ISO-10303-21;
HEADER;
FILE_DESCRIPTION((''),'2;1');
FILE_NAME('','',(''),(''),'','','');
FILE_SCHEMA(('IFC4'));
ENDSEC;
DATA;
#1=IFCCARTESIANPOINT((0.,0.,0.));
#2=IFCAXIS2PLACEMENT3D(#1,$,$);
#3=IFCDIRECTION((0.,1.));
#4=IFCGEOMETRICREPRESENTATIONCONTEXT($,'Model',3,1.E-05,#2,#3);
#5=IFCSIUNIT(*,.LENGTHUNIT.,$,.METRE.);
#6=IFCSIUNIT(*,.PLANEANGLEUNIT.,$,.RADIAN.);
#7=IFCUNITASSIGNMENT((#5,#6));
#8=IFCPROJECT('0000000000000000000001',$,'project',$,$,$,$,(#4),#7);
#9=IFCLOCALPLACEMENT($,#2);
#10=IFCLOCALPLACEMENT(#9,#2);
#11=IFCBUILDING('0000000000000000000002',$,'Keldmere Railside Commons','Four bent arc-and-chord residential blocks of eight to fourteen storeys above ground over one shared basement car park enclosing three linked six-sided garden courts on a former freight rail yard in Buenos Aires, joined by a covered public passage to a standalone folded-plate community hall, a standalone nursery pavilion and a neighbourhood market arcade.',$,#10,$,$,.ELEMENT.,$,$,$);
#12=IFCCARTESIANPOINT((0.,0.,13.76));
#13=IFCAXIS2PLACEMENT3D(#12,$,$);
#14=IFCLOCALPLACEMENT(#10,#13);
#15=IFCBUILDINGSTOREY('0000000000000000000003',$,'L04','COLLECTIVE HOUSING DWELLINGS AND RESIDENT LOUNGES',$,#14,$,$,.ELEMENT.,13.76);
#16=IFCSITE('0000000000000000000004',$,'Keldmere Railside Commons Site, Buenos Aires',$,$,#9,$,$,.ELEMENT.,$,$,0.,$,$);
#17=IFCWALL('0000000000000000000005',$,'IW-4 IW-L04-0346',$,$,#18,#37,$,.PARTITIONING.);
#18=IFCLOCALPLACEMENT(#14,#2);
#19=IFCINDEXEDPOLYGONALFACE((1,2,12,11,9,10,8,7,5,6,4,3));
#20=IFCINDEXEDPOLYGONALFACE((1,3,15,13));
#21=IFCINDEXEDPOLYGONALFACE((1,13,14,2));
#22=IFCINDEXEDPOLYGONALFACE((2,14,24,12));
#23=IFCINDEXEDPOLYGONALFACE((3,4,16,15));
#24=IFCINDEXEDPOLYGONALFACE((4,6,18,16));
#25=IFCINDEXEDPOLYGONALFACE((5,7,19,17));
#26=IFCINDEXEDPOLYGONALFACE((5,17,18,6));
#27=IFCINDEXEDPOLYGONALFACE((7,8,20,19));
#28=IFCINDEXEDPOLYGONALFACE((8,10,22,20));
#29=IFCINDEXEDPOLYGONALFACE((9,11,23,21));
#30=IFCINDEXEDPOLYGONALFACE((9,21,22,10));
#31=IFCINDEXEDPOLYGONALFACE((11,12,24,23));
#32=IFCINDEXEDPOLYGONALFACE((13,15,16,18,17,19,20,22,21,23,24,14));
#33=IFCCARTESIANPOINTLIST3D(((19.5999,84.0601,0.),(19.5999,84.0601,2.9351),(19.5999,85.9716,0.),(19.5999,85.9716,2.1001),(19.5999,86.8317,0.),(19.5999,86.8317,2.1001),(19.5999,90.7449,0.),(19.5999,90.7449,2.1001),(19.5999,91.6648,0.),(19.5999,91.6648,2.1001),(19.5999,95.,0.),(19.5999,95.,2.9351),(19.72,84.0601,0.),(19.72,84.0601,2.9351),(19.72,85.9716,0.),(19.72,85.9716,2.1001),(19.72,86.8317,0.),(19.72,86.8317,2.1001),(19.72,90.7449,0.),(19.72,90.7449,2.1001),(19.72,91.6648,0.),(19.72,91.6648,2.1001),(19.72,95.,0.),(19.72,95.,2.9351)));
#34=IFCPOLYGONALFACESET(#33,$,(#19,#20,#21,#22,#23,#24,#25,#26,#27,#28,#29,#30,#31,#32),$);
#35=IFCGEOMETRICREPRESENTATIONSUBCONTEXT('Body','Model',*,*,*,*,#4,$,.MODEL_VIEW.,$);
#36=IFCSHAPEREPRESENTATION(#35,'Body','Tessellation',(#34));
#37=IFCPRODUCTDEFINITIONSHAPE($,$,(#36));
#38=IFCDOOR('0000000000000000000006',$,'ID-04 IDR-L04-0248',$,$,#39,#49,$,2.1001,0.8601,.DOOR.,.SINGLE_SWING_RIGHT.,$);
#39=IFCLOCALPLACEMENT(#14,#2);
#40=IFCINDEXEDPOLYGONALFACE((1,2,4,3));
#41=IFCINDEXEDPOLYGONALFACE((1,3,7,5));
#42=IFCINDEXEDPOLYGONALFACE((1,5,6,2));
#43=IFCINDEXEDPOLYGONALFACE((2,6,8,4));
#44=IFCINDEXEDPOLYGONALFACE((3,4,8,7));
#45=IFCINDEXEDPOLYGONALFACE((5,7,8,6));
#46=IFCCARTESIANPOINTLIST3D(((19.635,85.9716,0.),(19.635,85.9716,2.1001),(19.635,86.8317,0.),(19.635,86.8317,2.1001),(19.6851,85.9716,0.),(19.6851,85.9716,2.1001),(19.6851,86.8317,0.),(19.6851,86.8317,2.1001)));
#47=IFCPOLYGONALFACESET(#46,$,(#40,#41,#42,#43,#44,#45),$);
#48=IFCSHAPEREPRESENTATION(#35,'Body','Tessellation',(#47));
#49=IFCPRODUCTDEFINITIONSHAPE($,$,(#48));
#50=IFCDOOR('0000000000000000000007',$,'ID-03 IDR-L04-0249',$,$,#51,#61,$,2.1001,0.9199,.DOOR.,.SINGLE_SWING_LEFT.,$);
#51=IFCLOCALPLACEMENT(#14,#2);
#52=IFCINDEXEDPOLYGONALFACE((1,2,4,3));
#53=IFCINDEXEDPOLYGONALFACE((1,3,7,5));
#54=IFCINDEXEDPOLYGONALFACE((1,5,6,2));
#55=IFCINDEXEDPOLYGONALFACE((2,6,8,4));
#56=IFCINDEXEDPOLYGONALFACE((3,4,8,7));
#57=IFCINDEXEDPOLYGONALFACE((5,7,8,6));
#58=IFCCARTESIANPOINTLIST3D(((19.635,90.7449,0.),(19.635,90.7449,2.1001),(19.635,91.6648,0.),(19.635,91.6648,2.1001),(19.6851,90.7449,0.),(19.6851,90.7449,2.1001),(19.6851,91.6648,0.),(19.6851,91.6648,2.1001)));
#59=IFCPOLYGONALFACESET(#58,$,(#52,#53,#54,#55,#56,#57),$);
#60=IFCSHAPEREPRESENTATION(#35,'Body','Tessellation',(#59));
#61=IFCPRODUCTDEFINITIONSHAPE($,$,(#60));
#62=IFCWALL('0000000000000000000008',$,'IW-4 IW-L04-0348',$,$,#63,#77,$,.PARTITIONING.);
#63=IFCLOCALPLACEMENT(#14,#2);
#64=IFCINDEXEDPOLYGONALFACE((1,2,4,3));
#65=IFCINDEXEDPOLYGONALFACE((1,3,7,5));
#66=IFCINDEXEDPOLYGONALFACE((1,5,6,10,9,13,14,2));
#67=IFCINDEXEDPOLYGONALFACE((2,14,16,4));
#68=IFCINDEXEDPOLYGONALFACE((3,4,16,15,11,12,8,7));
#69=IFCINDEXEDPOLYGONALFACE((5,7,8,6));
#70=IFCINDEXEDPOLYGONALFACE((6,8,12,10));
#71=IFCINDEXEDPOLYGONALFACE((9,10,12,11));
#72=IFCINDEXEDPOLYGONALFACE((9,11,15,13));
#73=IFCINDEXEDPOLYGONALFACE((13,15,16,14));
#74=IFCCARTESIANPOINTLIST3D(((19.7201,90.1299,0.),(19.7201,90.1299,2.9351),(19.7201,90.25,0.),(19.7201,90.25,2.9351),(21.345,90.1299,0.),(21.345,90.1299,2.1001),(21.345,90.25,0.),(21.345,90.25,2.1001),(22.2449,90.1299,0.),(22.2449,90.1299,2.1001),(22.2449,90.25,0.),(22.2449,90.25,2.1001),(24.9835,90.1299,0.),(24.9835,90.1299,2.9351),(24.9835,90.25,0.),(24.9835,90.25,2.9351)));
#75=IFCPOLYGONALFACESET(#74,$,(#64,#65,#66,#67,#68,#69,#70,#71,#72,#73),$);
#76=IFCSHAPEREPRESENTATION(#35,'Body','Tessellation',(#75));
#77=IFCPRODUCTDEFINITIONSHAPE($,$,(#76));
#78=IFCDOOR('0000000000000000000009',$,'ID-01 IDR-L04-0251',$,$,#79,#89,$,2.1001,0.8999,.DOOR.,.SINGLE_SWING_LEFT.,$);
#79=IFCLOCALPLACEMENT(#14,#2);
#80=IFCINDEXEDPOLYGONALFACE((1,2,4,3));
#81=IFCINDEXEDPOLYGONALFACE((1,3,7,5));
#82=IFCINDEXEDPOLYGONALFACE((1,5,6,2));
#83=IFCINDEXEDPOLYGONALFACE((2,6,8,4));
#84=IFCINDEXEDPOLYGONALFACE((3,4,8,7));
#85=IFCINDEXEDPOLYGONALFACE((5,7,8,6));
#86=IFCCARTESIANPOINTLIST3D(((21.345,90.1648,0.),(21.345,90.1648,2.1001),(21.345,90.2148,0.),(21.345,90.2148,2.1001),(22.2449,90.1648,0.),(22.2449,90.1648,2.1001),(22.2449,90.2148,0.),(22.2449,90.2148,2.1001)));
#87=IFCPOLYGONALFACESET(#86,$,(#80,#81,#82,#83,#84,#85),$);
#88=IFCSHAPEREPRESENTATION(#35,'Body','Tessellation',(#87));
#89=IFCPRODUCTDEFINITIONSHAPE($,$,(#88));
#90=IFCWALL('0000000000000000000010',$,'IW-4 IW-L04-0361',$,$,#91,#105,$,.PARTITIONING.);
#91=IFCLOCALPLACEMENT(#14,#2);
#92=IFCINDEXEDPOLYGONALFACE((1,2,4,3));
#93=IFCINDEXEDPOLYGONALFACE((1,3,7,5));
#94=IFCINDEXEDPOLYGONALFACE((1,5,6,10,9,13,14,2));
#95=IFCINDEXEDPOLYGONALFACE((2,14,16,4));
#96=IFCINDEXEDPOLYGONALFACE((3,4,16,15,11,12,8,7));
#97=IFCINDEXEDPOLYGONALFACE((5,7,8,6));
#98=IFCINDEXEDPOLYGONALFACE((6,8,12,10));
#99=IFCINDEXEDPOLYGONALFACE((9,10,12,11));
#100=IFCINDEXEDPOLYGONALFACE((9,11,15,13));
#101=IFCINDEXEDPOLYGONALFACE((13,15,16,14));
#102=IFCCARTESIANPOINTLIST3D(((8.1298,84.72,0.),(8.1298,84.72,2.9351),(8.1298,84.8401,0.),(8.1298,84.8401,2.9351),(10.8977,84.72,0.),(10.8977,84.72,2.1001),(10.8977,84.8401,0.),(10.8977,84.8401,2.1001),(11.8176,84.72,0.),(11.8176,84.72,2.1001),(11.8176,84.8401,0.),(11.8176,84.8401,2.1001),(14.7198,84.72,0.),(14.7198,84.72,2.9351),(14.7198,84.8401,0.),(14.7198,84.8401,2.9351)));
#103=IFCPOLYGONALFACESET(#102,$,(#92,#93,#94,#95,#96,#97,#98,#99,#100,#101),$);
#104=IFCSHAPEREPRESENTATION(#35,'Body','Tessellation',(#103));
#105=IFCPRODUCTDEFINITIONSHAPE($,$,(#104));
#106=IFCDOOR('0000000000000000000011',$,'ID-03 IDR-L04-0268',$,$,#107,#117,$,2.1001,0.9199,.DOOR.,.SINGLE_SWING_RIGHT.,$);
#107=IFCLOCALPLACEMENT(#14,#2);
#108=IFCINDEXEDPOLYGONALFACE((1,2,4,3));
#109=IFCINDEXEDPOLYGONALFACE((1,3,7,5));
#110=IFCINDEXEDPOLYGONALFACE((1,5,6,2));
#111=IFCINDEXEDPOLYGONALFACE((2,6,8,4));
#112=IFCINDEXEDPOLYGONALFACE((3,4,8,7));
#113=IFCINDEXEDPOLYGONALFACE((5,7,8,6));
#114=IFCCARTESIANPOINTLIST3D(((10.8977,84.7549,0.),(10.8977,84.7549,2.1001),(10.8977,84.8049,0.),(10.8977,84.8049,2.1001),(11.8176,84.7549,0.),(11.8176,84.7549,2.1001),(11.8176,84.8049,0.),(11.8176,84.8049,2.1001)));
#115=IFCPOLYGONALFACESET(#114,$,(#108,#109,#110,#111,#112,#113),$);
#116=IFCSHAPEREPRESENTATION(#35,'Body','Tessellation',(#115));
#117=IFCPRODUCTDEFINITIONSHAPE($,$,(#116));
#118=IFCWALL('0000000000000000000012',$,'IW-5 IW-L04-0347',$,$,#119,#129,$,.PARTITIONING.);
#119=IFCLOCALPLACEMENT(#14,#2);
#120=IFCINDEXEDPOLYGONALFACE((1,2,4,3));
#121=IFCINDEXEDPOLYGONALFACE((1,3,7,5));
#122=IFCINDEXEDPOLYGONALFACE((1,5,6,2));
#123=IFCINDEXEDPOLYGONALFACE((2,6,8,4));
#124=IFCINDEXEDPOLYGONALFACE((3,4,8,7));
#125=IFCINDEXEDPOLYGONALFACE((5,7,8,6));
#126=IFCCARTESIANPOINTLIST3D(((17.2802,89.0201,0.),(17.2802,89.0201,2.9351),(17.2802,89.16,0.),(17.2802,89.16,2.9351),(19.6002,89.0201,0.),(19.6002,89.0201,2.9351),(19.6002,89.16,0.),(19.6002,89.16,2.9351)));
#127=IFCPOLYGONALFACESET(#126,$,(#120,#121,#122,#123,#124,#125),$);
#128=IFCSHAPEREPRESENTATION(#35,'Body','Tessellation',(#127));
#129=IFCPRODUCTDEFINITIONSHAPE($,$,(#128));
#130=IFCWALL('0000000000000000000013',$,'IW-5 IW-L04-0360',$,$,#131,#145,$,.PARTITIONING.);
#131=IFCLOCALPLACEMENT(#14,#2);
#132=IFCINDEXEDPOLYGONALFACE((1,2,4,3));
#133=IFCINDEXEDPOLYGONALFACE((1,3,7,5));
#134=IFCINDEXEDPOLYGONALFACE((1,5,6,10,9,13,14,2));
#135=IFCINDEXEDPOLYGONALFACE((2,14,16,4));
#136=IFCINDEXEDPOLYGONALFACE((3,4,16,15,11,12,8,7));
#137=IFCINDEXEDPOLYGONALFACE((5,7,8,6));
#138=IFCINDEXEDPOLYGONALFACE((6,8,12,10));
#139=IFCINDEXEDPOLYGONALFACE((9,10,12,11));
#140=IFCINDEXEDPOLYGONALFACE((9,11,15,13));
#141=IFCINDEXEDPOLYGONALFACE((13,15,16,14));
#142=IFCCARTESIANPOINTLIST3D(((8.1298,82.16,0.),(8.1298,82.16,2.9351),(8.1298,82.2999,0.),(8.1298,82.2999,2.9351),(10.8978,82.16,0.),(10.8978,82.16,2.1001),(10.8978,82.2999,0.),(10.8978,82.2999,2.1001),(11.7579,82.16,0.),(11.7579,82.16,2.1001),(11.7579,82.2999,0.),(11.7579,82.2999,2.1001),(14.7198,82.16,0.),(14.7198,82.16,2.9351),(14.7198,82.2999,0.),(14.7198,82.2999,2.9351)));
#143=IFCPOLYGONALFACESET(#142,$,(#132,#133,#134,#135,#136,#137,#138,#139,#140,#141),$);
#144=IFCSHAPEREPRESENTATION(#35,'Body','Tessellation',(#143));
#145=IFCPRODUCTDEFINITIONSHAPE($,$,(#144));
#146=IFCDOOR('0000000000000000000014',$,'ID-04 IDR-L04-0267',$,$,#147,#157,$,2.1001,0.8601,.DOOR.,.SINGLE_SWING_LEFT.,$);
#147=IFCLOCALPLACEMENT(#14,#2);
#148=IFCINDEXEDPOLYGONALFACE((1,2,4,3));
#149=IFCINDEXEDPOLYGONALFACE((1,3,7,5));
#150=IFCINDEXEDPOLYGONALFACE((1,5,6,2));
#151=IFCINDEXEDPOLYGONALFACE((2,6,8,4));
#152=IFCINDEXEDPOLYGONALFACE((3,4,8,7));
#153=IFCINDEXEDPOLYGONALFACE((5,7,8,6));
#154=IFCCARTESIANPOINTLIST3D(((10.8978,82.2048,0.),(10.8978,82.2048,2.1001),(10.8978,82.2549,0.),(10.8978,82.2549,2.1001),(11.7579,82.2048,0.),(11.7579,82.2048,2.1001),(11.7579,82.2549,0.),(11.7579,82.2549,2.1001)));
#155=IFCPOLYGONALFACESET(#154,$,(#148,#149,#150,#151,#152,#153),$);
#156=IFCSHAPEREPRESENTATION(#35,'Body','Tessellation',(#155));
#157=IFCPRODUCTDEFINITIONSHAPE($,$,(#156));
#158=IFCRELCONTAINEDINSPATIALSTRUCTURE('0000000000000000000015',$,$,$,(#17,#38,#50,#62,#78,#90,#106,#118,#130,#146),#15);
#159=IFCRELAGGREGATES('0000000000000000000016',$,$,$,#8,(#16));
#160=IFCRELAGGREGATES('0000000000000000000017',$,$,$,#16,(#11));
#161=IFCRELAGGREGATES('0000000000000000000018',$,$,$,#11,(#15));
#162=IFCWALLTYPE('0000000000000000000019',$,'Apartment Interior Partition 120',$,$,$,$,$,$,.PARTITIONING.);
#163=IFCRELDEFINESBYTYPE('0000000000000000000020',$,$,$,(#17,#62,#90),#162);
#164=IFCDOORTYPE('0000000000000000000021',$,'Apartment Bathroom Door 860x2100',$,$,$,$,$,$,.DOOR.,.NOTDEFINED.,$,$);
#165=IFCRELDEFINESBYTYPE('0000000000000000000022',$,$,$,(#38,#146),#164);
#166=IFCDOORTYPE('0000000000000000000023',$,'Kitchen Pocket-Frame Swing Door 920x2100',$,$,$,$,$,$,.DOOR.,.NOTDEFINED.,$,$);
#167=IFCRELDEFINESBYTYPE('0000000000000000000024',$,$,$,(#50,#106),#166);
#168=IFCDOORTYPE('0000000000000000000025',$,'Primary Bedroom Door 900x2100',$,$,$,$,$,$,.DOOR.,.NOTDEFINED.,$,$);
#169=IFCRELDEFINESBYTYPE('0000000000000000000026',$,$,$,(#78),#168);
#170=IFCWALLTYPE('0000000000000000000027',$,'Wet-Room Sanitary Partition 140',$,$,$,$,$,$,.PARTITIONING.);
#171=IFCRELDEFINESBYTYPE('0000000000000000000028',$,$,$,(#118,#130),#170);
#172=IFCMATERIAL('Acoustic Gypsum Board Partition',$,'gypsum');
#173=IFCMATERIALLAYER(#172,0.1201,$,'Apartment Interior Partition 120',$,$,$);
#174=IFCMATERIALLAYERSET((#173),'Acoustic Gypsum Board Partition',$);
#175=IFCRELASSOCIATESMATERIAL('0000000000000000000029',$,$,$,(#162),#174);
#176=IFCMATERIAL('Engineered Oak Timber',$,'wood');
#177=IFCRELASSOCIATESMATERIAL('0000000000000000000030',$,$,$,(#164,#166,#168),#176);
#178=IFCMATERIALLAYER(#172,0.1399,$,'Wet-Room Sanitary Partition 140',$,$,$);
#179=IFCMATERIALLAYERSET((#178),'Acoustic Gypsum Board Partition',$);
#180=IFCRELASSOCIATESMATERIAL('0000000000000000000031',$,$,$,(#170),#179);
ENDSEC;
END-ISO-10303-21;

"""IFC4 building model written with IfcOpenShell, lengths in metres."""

from ifc_helpers import new_model, si_unit, direction, frame, frame_2d, origin, place, context, subcontext, project, spatial, rectangle, extrude, material, layer, layer_set, type_object, element, fill, save


model = new_model("IFC4")

# Units and contexts
model_context = context("Model", 3, precision=1e-05, world=origin(), true_north=direction((0.0, 1.0)))
body_context = subcontext(model_context, "Body", "Model", "MODEL_VIEW")
ifc_project = project(units=[si_unit("LENGTHUNIT", "METRE"), si_unit("PLANEANGLEUNIT", "RADIAN")], contexts=[model_context])

# Site, building, storey
site_placement = place(None, origin())
site = spatial("IfcSite", under=ifc_project, at=site_placement, Name="Keldmere Railside Commons Site, Buenos Aires", CompositionType="ELEMENT", RefElevation=0.0)
building_placement = place(site_placement, origin())
building = spatial("IfcBuilding", under=site, at=building_placement, Name="Keldmere Railside Commons", Description="Four bent arc-and-chord residential blocks of eight to fourteen storeys above ground over one shared basement car park enclosing three linked six-sided garden courts on a former freight rail yard in Buenos Aires, joined by a covered public passage to a standalone folded-plate community hall, a standalone nursery pavilion and a neighbourhood market arcade.", CompositionType="ELEMENT")
storey_placement = place(building_placement, frame((0.0, 0.0, 13.76)))
storey = spatial("IfcBuildingStorey", under=building, at=storey_placement, Name="L04", Description="COLLECTIVE HOUSING DWELLINGS AND RESIDENT LOUNGES", CompositionType="ELEMENT", Elevation=13.76)

# Shared definitions
ifc_material_1 = material(Name="Acoustic Gypsum Board Partition", Category="gypsum")

# Wall, openings, doors
ifc_layer_1 = layer(ifc_material_1, 0.1201, Name="Apartment Interior Partition 120")
ifc_layer_set_1 = layer_set([ifc_layer_1], Name="Acoustic Gypsum Board Partition")
wall_type_1 = type_object("IfcWallType", Name="Apartment Interior Partition 120", PredefinedType="PARTITIONING", material=ifc_layer_set_1)
wall_1_placement = place(storey_placement, frame((19.6599, 84.0601, 0.0), z_axis=(0.0, 0.0, 1.0), x_axis=(0.0, 1.0, 0.0)))
wall_1 = element("IfcWall", 1, at=wall_1_placement, inside=storey, type_object=wall_type_1, Name="IW-4 IW-L04-0346", PredefinedType="PARTITIONING", context=body_context, shape_type="SweptSolid", body=[
    extrude(rectangle(XDim=10.9399, YDim=0.1201, at=frame_2d((5.47, 0.0))), origin(), (0.0, 0.0, 1.0), 2.9351),
])
opening_1_placement = place(wall_1_placement, frame((1.9114, 0.0, 0.0)))
opening_1 = element("IfcOpeningElement", 2, at=opening_1_placement, cuts=wall_1, PredefinedType="OPENING", context=body_context, shape_type="SweptSolid", body=[
    extrude(rectangle(XDim=0.8601, YDim=2.1001, at=frame_2d((0.4302, 1.05))), frame((0.0, 0.0701, 0.0), z_axis=(0.0, -1.0, 0.0), x_axis=(1.0, 0.0, 0.0)), (0.0, 0.0, 1.0), 0.1401),
])
opening_2_placement = place(wall_1_placement, frame((6.6848, 0.0, 0.0)))
opening_2 = element("IfcOpeningElement", 3, at=opening_2_placement, cuts=wall_1, PredefinedType="OPENING", context=body_context, shape_type="SweptSolid", body=[
    extrude(rectangle(XDim=0.9199, YDim=2.1001, at=frame_2d((0.46, 1.05))), frame((0.0, 0.0701, 0.0), z_axis=(0.0, -1.0, 0.0), x_axis=(1.0, 0.0, 0.0)), (0.0, 0.0, 1.0), 0.1401),
])
ifc_material_2 = material(Name="Engineered Oak Timber", Category="wood")
door_type_1 = type_object("IfcDoorType", Name="Apartment Bathroom Door 860x2100", OperationType="NOTDEFINED", PredefinedType="DOOR", material=ifc_material_2)
door_1_placement = place(opening_1_placement, origin())
door_1 = element("IfcDoor", 4, at=door_1_placement, inside=storey, type_object=door_type_1, Name="ID-04 IDR-L04-0248", OperationType="SINGLE_SWING_RIGHT", OverallHeight=2.1001, OverallWidth=0.8601, PredefinedType="DOOR", context=body_context, shape_type="SweptSolid", body=[
    extrude(rectangle(XDim=0.8601, YDim=2.1001, at=frame_2d((0.4302, 1.05))), frame((0.0, 0.0249, 0.0), z_axis=(0.0, -1.0, 0.0), x_axis=(1.0, 0.0, 0.0)), (0.0, 0.0, 1.0), 0.05),
])
fill(opening_1, door_1)
door_type_2 = type_object("IfcDoorType", Name="Kitchen Pocket-Frame Swing Door 920x2100", OperationType="NOTDEFINED", PredefinedType="DOOR", material=ifc_material_2)
door_2_placement = place(opening_2_placement, origin())
door_2 = element("IfcDoor", 5, at=door_2_placement, inside=storey, type_object=door_type_2, Name="ID-03 IDR-L04-0249", OperationType="SINGLE_SWING_LEFT", OverallHeight=2.1001, OverallWidth=0.9199, PredefinedType="DOOR", context=body_context, shape_type="SweptSolid", body=[
    extrude(rectangle(XDim=0.9199, YDim=2.1001, at=frame_2d((0.46, 1.05))), frame((0.0, 0.0249, 0.0), z_axis=(0.0, -1.0, 0.0), x_axis=(1.0, 0.0, 0.0)), (0.0, 0.0, 1.0), 0.05),
])
fill(opening_2, door_2)

# Walls, openings, doors
wall_2_placement = place(storey_placement, frame((19.72, 90.1899, 0.0), z_axis=(0.0, 0.0, 1.0), x_axis=(1.0, 0.0, 0.0)))
wall_2 = element("IfcWall", 6, at=wall_2_placement, inside=storey, type_object=wall_type_1, Name="IW-4 IW-L04-0348", PredefinedType="PARTITIONING", context=body_context, shape_type="SweptSolid", body=[
    extrude(rectangle(XDim=5.2634, YDim=0.1201, at=frame_2d((2.6318, 0.0))), origin(), (0.0, 0.0, 1.0), 2.9351),
])
opening_3_placement = place(wall_2_placement, frame((1.625, 0.0, 0.0)))
opening_3 = element("IfcOpeningElement", 7, at=opening_3_placement, cuts=wall_2, PredefinedType="OPENING", context=body_context, shape_type="SweptSolid", body=[
    extrude(rectangle(XDim=0.8999, YDim=2.1001, at=frame_2d((0.45, 1.05))), frame((0.0, 0.0701, 0.0), z_axis=(0.0, -1.0, 0.0), x_axis=(1.0, 0.0, 0.0)), (0.0, 0.0, 1.0), 0.1401),
])
door_type_3 = type_object("IfcDoorType", Name="Primary Bedroom Door 900x2100", OperationType="NOTDEFINED", PredefinedType="DOOR", material=ifc_material_2)
door_3_placement = place(opening_3_placement, origin())
door_3 = element("IfcDoor", 8, at=door_3_placement, inside=storey, type_object=door_type_3, Name="ID-01 IDR-L04-0251", OperationType="SINGLE_SWING_LEFT", OverallHeight=2.1001, OverallWidth=0.8999, PredefinedType="DOOR", context=body_context, shape_type="SweptSolid", body=[
    extrude(rectangle(XDim=0.8999, YDim=2.1001, at=frame_2d((0.45, 1.05))), frame((0.0, 0.0249, 0.0), z_axis=(0.0, -1.0, 0.0), x_axis=(1.0, 0.0, 0.0)), (0.0, 0.0, 1.0), 0.05),
])
fill(opening_3, door_3)
wall_3_placement = place(storey_placement, frame((8.1299, 84.78, 0.0), z_axis=(0.0, 0.0, 1.0), x_axis=(1.0, 0.0, 0.0)))
wall_3 = element("IfcWall", 9, at=wall_3_placement, inside=storey, type_object=wall_type_1, Name="IW-4 IW-L04-0361", PredefinedType="PARTITIONING", context=body_context, shape_type="SweptSolid", body=[
    extrude(rectangle(XDim=6.5901, YDim=0.1201, at=frame_2d((3.2949, 0.0))), origin(), (0.0, 0.0, 1.0), 2.9351),
])
opening_4_placement = place(wall_3_placement, frame((2.7678, 0.0, 0.0)))
opening_4 = element("IfcOpeningElement", 10, at=opening_4_placement, cuts=wall_3, PredefinedType="OPENING", context=body_context, shape_type="SweptSolid", body=[
    extrude(rectangle(XDim=0.9199, YDim=2.1001, at=frame_2d((0.46, 1.05))), frame((0.0, 0.0701, 0.0), z_axis=(0.0, -1.0, 0.0), x_axis=(1.0, 0.0, 0.0)), (0.0, 0.0, 1.0), 0.1401),
])
door_4_placement = place(opening_4_placement, origin())
door_4 = element("IfcDoor", 11, at=door_4_placement, inside=storey, type_object=door_type_2, Name="ID-03 IDR-L04-0268", OperationType="SINGLE_SWING_RIGHT", OverallHeight=2.1001, OverallWidth=0.9199, PredefinedType="DOOR", context=body_context, shape_type="SweptSolid", body=[
    extrude(rectangle(XDim=0.9199, YDim=2.1001, at=frame_2d((0.46, 1.05))), frame((0.0, 0.0249, 0.0), z_axis=(0.0, -1.0, 0.0), x_axis=(1.0, 0.0, 0.0)), (0.0, 0.0, 1.0), 0.05),
])
fill(opening_4, door_4)

# Wall
ifc_layer_2 = layer(ifc_material_1, 0.1399, Name="Wet-Room Sanitary Partition 140")
ifc_layer_set_2 = layer_set([ifc_layer_2], Name="Acoustic Gypsum Board Partition")
wall_type_2 = type_object("IfcWallType", Name="Wet-Room Sanitary Partition 140", PredefinedType="PARTITIONING", material=ifc_layer_set_2)
wall_4_placement = place(storey_placement, frame((17.28, 89.0901, 0.0), z_axis=(0.0, 0.0, 1.0), x_axis=(1.0, 0.0, 0.0)))
element("IfcWall", 12, at=wall_4_placement, inside=storey, type_object=wall_type_2, Name="IW-5 IW-L04-0347", PredefinedType="PARTITIONING", context=body_context, shape_type="SweptSolid", body=[
    extrude(rectangle(XDim=2.3201, YDim=0.1399, at=frame_2d((1.1602, 0.0))), origin(), (0.0, 0.0, 1.0), 2.9351),
])

# Wall, opening, door
wall_5_placement = place(storey_placement, frame((8.1299, 82.23, 0.0), z_axis=(0.0, 0.0, 1.0), x_axis=(1.0, 0.0, 0.0)))
wall_5 = element("IfcWall", 13, at=wall_5_placement, inside=storey, type_object=wall_type_2, Name="IW-5 IW-L04-0360", PredefinedType="PARTITIONING", context=body_context, shape_type="SweptSolid", body=[
    extrude(rectangle(XDim=6.5901, YDim=0.1399, at=frame_2d((3.2949, 0.0))), origin(), (0.0, 0.0, 1.0), 2.9351),
])
opening_5_placement = place(wall_5_placement, frame((2.7678, 0.0, 0.0)))
opening_5 = element("IfcOpeningElement", 14, at=opening_5_placement, cuts=wall_5, PredefinedType="OPENING", context=body_context, shape_type="SweptSolid", body=[
    extrude(rectangle(XDim=0.8601, YDim=2.1001, at=frame_2d((0.4302, 1.05))), frame((0.0, 0.0798, 0.0), z_axis=(0.0, -1.0, 0.0), x_axis=(1.0, 0.0, 0.0)), (0.0, 0.0, 1.0), 0.1599),
])
door_5_placement = place(opening_5_placement, origin())
door_5 = element("IfcDoor", 15, at=door_5_placement, inside=storey, type_object=door_type_1, Name="ID-04 IDR-L04-0267", OperationType="SINGLE_SWING_LEFT", OverallHeight=2.1001, OverallWidth=0.8601, PredefinedType="DOOR", context=body_context, shape_type="SweptSolid", body=[
    extrude(rectangle(XDim=0.8601, YDim=2.1001, at=frame_2d((0.4302, 1.05))), frame((0.0, 0.0249, 0.0), z_axis=(0.0, -1.0, 0.0), x_axis=(1.0, 0.0, 0.0)), (0.0, 0.0, 1.0), 0.05),
])
fill(opening_5, door_5)

save(model, "model.ifc")
